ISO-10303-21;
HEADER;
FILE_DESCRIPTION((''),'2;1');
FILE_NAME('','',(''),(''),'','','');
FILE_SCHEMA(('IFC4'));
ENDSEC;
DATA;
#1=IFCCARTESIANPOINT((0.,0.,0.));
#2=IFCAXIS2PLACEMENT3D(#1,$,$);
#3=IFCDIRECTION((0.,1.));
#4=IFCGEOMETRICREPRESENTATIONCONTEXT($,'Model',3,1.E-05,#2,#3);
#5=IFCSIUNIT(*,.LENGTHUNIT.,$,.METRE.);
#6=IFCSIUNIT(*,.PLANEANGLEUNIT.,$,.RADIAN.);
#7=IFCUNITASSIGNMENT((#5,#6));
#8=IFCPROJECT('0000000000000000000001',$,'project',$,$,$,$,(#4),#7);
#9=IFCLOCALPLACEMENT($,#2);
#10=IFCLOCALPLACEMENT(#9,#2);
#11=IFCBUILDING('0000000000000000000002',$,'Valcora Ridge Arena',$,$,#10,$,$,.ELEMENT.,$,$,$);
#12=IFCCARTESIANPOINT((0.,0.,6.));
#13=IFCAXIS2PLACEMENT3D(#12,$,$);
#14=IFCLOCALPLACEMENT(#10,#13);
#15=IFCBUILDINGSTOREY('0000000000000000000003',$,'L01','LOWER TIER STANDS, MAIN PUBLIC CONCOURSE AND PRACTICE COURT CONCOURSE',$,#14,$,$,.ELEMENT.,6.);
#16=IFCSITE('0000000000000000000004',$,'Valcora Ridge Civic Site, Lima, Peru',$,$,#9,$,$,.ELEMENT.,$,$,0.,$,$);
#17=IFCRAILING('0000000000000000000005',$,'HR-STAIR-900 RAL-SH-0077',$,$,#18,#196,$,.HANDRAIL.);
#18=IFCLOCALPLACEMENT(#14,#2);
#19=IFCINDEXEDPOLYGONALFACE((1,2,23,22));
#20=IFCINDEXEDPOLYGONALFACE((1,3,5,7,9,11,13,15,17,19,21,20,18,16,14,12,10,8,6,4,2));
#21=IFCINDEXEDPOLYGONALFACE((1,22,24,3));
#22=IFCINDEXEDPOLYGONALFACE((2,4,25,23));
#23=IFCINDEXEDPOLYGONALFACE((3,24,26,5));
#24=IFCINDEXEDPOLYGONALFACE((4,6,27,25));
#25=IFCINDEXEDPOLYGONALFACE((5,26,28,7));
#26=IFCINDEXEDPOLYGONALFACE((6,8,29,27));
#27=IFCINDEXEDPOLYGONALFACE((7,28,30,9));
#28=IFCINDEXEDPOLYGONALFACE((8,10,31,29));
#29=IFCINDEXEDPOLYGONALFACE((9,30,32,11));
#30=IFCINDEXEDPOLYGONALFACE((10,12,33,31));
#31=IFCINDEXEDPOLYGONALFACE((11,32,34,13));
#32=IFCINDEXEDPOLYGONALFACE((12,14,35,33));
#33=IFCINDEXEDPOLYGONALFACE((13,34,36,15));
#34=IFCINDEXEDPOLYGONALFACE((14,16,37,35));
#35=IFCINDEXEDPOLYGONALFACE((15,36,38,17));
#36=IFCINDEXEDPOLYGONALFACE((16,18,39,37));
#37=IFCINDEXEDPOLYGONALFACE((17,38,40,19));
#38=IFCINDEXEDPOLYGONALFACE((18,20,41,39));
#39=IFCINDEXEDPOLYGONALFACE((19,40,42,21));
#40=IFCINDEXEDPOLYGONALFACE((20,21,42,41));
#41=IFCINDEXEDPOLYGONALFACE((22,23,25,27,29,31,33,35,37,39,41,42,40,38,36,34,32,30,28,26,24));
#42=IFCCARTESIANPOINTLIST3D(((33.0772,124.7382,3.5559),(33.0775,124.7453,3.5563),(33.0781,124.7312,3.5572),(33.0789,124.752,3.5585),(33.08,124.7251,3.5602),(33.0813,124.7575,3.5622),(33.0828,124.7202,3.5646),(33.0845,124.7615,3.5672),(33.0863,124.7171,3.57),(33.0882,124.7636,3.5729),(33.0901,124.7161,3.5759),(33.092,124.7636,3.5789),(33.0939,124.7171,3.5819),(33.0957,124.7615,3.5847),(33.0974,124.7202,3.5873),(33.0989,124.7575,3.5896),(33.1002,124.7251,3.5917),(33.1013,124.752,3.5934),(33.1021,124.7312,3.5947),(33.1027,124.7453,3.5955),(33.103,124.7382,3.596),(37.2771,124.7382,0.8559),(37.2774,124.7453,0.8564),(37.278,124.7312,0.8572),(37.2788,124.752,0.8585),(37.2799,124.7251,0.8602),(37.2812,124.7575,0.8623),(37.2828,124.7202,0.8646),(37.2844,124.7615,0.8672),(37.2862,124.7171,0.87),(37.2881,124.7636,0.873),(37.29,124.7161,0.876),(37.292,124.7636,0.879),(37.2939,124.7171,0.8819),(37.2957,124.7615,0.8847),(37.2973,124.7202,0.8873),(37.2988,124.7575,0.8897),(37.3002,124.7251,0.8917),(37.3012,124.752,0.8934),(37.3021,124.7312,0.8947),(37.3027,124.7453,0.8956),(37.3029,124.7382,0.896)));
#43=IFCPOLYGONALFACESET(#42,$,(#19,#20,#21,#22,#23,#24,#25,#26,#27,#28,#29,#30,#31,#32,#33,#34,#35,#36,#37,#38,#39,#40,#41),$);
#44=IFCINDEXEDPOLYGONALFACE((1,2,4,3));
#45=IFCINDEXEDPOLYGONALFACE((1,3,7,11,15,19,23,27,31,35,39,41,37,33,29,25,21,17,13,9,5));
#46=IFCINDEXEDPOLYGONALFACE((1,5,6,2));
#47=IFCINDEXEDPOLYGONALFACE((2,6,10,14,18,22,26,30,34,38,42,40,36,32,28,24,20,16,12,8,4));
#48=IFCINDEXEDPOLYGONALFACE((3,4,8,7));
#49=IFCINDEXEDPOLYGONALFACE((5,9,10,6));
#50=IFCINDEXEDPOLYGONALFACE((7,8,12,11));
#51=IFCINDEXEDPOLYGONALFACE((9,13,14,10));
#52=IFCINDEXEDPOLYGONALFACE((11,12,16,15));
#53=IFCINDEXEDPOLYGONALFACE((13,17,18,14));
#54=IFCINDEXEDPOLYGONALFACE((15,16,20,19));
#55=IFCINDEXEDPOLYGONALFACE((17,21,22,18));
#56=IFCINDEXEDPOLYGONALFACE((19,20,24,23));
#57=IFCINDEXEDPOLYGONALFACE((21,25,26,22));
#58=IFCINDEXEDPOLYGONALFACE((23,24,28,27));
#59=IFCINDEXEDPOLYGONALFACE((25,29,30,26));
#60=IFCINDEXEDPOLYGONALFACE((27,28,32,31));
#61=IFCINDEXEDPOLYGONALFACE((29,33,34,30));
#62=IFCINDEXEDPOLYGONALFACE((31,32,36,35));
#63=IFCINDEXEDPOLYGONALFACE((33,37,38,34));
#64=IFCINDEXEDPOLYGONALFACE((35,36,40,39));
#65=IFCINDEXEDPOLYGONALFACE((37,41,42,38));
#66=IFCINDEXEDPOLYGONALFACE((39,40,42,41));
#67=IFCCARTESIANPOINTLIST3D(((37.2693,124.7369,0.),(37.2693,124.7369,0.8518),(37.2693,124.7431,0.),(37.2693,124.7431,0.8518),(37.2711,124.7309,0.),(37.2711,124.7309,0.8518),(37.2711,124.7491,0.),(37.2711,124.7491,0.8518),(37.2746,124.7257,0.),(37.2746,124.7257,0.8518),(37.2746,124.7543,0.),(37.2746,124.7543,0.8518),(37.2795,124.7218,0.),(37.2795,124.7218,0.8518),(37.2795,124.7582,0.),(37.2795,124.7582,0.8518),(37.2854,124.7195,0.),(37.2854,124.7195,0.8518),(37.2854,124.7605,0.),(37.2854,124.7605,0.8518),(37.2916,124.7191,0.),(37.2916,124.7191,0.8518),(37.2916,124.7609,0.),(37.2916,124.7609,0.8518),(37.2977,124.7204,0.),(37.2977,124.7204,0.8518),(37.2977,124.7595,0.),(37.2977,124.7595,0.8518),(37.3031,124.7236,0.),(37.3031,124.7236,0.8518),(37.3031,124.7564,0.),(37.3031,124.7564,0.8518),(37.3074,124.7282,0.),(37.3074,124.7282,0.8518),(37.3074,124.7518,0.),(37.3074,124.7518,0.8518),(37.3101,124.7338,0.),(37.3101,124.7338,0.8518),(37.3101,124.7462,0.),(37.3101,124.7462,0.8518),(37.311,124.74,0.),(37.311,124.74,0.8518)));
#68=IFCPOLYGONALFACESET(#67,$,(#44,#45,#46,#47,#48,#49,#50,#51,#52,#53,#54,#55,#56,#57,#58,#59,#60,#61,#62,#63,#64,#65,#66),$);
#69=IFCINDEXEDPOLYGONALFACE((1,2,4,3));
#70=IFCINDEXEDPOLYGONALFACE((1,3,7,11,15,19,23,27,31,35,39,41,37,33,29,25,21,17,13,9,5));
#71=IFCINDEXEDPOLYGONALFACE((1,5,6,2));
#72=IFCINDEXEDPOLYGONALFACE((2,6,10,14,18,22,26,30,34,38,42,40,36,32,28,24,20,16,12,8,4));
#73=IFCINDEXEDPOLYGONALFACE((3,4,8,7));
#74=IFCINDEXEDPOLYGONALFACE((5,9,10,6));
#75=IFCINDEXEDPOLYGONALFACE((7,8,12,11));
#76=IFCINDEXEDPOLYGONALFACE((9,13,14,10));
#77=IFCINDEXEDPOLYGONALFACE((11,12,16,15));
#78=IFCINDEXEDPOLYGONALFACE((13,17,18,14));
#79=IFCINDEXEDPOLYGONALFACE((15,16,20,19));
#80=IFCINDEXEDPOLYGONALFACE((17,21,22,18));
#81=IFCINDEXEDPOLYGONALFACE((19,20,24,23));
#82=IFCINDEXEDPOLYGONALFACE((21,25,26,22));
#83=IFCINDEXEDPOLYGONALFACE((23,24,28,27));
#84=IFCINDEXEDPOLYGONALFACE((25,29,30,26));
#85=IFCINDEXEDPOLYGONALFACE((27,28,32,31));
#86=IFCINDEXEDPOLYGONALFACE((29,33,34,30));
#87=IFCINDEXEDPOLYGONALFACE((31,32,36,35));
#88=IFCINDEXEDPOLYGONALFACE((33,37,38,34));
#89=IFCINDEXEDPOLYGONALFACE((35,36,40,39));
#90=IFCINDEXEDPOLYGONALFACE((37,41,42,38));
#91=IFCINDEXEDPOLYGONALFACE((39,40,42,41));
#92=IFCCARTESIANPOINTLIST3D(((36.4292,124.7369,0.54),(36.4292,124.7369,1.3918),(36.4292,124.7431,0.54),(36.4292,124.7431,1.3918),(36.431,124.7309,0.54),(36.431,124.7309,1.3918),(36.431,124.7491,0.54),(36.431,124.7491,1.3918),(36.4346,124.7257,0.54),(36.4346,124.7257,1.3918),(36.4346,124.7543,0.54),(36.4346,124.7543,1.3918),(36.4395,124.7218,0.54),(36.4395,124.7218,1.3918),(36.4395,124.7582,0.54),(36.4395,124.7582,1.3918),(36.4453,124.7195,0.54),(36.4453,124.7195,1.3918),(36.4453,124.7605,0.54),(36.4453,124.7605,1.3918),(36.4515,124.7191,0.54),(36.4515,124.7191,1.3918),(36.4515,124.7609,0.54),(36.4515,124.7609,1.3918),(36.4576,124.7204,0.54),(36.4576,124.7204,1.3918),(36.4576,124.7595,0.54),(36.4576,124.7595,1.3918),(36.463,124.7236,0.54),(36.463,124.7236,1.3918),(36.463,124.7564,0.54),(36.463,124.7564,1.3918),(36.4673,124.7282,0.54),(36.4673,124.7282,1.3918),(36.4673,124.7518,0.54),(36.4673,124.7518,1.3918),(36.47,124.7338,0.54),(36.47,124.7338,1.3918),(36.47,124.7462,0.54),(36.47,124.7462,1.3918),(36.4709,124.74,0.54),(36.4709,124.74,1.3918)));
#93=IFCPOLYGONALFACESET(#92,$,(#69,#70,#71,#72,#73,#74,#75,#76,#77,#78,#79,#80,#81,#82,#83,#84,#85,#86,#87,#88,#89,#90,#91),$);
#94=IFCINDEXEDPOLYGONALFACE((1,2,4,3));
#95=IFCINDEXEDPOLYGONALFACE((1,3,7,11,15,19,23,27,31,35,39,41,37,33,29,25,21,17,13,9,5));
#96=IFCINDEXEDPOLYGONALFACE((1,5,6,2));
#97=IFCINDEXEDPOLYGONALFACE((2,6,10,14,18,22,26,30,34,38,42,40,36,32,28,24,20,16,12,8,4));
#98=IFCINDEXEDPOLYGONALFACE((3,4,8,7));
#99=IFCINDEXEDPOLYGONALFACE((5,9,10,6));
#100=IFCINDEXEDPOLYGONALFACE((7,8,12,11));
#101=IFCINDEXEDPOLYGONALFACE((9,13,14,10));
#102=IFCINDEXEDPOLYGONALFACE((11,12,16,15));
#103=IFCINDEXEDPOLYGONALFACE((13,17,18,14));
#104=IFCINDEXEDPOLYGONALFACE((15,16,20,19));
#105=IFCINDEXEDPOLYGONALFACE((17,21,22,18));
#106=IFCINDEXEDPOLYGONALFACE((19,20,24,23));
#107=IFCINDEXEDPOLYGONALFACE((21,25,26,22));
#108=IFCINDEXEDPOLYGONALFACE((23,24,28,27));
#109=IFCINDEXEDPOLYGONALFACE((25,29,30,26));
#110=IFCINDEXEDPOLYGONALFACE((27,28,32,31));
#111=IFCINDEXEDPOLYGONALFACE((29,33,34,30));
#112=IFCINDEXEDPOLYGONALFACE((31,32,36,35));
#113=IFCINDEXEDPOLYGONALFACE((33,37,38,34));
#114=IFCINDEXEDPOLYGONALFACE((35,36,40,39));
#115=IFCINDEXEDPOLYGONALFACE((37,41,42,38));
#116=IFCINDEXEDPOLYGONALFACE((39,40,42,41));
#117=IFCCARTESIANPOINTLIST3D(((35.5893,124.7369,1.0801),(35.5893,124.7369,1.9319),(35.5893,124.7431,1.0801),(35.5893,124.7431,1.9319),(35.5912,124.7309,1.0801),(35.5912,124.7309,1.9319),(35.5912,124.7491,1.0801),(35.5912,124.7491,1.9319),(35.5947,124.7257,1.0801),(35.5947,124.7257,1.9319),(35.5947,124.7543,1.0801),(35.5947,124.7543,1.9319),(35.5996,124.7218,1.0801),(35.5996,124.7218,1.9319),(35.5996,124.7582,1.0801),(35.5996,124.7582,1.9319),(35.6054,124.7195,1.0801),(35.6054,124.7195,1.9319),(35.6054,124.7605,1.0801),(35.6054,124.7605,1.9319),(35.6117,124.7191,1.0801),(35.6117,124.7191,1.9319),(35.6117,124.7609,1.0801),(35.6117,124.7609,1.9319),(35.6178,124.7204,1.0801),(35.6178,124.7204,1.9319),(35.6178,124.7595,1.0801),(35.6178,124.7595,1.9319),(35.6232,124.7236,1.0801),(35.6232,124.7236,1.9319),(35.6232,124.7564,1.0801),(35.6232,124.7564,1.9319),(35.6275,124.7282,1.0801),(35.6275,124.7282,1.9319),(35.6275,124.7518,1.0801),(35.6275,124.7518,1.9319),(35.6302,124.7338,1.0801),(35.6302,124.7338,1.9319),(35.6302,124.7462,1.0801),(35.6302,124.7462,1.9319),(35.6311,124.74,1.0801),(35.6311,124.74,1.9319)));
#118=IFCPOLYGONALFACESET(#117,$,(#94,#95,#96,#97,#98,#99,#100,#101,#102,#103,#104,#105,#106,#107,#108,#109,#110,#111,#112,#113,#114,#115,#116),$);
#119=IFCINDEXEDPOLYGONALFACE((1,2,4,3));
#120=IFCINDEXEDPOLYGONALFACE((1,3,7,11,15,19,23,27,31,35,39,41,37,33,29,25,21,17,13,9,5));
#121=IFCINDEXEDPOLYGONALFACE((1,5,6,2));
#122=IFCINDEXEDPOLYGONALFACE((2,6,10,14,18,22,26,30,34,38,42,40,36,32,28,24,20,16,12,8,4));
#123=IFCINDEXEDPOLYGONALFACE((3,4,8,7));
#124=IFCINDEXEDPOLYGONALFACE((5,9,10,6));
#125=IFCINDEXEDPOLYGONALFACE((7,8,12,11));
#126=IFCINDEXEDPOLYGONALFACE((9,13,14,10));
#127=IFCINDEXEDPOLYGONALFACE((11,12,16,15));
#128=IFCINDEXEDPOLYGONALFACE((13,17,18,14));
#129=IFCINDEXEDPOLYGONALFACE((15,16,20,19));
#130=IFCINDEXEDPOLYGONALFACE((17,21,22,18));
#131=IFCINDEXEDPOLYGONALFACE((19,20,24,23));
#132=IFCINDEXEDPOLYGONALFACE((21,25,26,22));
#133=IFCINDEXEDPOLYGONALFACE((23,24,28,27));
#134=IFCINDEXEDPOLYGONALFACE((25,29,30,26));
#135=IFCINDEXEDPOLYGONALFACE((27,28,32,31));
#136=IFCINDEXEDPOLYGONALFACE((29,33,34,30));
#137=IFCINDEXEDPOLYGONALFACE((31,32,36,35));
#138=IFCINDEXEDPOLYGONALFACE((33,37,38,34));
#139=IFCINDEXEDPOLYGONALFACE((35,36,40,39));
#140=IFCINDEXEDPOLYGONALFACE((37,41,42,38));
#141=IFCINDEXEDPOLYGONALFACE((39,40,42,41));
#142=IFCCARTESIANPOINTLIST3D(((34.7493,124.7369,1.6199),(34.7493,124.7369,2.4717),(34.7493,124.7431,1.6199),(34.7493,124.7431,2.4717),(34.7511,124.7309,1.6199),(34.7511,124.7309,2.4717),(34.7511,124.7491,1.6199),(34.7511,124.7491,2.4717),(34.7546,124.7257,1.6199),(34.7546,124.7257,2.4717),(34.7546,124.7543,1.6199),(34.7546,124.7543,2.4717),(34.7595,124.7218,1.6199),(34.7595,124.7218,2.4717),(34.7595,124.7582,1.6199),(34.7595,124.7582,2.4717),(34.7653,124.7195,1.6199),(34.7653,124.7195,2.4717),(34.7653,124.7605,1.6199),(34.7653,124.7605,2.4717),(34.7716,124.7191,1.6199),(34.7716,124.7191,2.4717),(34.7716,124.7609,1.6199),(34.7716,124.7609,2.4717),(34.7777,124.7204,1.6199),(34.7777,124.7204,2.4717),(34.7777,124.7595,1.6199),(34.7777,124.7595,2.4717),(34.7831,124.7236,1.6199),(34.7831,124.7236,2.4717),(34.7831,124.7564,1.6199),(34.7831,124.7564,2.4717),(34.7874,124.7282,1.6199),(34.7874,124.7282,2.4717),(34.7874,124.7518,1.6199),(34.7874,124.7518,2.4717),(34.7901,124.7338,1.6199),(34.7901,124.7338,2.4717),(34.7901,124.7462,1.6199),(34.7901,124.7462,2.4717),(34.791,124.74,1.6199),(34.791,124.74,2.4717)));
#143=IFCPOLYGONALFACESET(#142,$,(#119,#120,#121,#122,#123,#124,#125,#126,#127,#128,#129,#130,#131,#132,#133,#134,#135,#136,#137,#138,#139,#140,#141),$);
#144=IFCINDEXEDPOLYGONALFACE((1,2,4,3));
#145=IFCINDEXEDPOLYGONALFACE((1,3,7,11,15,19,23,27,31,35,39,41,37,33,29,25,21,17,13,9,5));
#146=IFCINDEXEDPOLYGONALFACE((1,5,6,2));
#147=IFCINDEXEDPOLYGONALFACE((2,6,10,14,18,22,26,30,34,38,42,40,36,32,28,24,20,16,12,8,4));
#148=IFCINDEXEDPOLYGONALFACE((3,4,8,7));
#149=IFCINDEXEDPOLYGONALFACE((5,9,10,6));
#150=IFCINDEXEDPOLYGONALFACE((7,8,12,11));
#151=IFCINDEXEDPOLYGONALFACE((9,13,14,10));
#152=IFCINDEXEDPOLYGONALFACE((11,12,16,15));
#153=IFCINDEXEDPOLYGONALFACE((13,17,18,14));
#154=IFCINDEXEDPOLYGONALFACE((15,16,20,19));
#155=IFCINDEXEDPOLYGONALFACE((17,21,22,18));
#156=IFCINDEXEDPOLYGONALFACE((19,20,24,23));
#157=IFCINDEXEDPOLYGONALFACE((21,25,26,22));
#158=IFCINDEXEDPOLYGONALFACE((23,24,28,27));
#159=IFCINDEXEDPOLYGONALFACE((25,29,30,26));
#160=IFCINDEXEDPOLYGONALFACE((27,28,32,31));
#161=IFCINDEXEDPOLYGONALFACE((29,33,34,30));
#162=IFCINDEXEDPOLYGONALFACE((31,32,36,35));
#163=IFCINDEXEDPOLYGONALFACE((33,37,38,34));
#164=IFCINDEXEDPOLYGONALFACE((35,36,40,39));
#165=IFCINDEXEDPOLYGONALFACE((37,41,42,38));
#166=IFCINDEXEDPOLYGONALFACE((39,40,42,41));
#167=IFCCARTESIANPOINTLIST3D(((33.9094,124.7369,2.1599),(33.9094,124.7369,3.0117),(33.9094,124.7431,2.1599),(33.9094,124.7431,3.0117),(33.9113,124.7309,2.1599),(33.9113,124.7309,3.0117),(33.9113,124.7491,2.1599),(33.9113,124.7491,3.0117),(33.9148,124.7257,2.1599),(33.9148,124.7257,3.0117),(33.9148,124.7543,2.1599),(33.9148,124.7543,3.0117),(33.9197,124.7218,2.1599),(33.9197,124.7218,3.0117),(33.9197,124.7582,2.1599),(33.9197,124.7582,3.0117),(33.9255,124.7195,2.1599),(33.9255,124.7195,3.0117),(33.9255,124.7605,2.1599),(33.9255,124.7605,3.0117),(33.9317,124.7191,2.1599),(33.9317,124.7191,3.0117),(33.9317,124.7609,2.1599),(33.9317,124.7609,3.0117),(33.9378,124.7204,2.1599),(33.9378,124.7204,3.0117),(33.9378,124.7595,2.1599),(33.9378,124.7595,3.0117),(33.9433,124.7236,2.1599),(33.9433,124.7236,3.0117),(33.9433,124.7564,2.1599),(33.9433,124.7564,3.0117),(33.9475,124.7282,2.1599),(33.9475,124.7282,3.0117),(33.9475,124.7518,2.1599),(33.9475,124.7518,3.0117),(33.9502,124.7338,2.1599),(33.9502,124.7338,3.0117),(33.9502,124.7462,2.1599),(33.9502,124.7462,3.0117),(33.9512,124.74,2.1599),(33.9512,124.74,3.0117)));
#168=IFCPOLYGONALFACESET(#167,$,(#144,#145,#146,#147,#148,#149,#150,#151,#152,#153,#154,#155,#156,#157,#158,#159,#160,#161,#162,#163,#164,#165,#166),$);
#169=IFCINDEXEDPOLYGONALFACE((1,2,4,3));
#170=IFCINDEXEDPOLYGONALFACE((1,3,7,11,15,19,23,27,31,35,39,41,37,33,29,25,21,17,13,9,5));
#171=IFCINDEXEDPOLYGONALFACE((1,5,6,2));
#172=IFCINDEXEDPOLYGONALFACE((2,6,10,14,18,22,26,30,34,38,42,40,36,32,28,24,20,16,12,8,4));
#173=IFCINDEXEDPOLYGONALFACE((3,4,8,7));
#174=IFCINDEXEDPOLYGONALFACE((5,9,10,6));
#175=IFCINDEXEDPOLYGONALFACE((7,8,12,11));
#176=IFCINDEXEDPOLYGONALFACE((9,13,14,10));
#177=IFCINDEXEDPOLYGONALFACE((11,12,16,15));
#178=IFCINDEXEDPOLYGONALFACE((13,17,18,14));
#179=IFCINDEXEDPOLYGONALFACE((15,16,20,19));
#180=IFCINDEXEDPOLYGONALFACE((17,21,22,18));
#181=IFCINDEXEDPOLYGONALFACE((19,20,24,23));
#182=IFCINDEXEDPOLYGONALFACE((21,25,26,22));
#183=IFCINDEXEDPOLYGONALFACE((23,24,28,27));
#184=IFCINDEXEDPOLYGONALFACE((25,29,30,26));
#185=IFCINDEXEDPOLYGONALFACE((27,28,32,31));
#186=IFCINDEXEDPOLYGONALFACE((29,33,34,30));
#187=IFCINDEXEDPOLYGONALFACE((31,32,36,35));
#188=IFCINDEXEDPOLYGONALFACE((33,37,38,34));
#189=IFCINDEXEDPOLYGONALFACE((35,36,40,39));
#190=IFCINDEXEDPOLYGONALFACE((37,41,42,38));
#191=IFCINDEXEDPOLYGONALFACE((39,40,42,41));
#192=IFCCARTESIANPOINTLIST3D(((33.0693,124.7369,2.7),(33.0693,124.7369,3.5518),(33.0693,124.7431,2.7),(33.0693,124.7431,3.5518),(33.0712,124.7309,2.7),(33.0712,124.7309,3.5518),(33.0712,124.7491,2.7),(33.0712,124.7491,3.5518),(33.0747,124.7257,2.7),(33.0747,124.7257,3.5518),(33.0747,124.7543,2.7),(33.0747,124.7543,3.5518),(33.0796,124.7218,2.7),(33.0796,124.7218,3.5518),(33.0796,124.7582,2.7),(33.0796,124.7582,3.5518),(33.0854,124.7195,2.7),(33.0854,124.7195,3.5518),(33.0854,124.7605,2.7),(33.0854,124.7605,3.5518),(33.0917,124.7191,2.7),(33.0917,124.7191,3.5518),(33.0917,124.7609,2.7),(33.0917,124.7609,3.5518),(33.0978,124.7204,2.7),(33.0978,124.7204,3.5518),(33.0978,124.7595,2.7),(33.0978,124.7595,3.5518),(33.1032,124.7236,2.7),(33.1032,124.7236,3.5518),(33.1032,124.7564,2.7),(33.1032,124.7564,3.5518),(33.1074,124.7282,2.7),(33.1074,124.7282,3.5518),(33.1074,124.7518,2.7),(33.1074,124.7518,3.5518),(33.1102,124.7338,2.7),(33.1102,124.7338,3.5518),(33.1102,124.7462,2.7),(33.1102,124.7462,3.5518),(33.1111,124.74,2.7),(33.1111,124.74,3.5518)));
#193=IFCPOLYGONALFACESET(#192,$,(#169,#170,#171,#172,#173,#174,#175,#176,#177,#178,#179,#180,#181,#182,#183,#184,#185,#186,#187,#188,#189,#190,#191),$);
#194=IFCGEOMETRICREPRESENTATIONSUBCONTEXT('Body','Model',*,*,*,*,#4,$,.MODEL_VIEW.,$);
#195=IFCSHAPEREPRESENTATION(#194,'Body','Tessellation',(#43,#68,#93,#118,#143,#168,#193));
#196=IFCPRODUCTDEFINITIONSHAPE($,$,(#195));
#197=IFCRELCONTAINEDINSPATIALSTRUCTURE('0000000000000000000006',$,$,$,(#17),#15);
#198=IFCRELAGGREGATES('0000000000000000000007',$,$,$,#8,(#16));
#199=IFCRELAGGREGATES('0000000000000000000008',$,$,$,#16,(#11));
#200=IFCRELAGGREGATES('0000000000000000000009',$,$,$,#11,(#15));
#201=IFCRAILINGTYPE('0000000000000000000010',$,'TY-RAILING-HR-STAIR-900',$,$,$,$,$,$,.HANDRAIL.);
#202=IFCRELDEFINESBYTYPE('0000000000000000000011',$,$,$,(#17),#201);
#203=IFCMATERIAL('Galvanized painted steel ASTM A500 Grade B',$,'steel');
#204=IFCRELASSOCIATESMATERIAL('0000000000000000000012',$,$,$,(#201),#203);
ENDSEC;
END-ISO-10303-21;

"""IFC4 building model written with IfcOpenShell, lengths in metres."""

from ifc_helpers import new_model, si_unit, direction, frame, origin, origin_2d, place, context, subcontext, project, spatial, circle, extrude, material, type_object, element, save


model = new_model("IFC4")

# Units and contexts
model_context = context("Model", 3, precision=1e-05, world=origin(), true_north=direction((0.0, 1.0)))
body_context = subcontext(model_context, "Body", "Model", "MODEL_VIEW")
ifc_project = project(units=[si_unit("LENGTHUNIT", "METRE"), si_unit("PLANEANGLEUNIT", "RADIAN")], contexts=[model_context])

# Site, building, storey
site_placement = place(None, origin())
site = spatial("IfcSite", under=ifc_project, at=site_placement, Name="Valcora Ridge Civic Site, Lima, Peru", CompositionType="ELEMENT", RefElevation=0.0)
building_placement = place(site_placement, origin())
building = spatial("IfcBuilding", under=site, at=building_placement, Name="Valcora Ridge Arena", CompositionType="ELEMENT")
storey_placement = place(building_placement, frame((0.0, 0.0, 6.0)))
storey = spatial("IfcBuildingStorey", under=building, at=storey_placement, Name="L01", Description="LOWER TIER STANDS, MAIN PUBLIC CONCOURSE AND PRACTICE COURT CONCOURSE", CompositionType="ELEMENT", Elevation=6.0)

# Railing
ifc_material_1 = material(Name="Galvanized painted steel ASTM A500 Grade B", Category="steel")
railing_type_1 = type_object("IfcRailingType", Name="TY-RAILING-HR-STAIR-900", PredefinedType="HANDRAIL", material=ifc_material_1)
railing_1_placement = place(storey_placement, frame((37.29, 124.74, 0.0)))
element("IfcRailing", 1, at=railing_1_placement, inside=storey, type_object=railing_type_1, Name="HR-STAIR-900 RAL-SH-0077", PredefinedType="HANDRAIL", context=body_context, shape_type="SweptSolid", body=[
    extrude(circle(Radius=0.0239, at=origin_2d()), frame((0.0, 0.0, 0.876), z_axis=(-0.84118, 0.0, 0.540755), x_axis=(0.0, -1.0, 0.0)), (0.0, 0.0, 1.0), 4.9929),
    extrude(circle(Radius=0.021, at=origin_2d()), origin(), (0.0, 0.0, 1.0), 0.8518),
    extrude(circle(Radius=0.021, at=origin_2d()), frame((-0.8401, 0.0, 0.54)), (0.0, 0.0, 1.0), 0.8518),
    extrude(circle(Radius=0.021, at=origin_2d()), frame((-1.6799, 0.0, 1.0801)), (0.0, 0.0, 1.0), 0.8518),
    extrude(circle(Radius=0.021, at=origin_2d()), frame((-2.52, 0.0, 1.6199)), (0.0, 0.0, 1.0), 0.8518),
    extrude(circle(Radius=0.021, at=origin_2d()), frame((-3.3599, 0.0, 2.1599)), (0.0, 0.0, 1.0), 0.8518),
    extrude(circle(Radius=0.021, at=origin_2d()), frame((-4.2, 0.0, 2.7)), (0.0, 0.0, 1.0), 0.8518),
])

save(model, "model.ifc")
